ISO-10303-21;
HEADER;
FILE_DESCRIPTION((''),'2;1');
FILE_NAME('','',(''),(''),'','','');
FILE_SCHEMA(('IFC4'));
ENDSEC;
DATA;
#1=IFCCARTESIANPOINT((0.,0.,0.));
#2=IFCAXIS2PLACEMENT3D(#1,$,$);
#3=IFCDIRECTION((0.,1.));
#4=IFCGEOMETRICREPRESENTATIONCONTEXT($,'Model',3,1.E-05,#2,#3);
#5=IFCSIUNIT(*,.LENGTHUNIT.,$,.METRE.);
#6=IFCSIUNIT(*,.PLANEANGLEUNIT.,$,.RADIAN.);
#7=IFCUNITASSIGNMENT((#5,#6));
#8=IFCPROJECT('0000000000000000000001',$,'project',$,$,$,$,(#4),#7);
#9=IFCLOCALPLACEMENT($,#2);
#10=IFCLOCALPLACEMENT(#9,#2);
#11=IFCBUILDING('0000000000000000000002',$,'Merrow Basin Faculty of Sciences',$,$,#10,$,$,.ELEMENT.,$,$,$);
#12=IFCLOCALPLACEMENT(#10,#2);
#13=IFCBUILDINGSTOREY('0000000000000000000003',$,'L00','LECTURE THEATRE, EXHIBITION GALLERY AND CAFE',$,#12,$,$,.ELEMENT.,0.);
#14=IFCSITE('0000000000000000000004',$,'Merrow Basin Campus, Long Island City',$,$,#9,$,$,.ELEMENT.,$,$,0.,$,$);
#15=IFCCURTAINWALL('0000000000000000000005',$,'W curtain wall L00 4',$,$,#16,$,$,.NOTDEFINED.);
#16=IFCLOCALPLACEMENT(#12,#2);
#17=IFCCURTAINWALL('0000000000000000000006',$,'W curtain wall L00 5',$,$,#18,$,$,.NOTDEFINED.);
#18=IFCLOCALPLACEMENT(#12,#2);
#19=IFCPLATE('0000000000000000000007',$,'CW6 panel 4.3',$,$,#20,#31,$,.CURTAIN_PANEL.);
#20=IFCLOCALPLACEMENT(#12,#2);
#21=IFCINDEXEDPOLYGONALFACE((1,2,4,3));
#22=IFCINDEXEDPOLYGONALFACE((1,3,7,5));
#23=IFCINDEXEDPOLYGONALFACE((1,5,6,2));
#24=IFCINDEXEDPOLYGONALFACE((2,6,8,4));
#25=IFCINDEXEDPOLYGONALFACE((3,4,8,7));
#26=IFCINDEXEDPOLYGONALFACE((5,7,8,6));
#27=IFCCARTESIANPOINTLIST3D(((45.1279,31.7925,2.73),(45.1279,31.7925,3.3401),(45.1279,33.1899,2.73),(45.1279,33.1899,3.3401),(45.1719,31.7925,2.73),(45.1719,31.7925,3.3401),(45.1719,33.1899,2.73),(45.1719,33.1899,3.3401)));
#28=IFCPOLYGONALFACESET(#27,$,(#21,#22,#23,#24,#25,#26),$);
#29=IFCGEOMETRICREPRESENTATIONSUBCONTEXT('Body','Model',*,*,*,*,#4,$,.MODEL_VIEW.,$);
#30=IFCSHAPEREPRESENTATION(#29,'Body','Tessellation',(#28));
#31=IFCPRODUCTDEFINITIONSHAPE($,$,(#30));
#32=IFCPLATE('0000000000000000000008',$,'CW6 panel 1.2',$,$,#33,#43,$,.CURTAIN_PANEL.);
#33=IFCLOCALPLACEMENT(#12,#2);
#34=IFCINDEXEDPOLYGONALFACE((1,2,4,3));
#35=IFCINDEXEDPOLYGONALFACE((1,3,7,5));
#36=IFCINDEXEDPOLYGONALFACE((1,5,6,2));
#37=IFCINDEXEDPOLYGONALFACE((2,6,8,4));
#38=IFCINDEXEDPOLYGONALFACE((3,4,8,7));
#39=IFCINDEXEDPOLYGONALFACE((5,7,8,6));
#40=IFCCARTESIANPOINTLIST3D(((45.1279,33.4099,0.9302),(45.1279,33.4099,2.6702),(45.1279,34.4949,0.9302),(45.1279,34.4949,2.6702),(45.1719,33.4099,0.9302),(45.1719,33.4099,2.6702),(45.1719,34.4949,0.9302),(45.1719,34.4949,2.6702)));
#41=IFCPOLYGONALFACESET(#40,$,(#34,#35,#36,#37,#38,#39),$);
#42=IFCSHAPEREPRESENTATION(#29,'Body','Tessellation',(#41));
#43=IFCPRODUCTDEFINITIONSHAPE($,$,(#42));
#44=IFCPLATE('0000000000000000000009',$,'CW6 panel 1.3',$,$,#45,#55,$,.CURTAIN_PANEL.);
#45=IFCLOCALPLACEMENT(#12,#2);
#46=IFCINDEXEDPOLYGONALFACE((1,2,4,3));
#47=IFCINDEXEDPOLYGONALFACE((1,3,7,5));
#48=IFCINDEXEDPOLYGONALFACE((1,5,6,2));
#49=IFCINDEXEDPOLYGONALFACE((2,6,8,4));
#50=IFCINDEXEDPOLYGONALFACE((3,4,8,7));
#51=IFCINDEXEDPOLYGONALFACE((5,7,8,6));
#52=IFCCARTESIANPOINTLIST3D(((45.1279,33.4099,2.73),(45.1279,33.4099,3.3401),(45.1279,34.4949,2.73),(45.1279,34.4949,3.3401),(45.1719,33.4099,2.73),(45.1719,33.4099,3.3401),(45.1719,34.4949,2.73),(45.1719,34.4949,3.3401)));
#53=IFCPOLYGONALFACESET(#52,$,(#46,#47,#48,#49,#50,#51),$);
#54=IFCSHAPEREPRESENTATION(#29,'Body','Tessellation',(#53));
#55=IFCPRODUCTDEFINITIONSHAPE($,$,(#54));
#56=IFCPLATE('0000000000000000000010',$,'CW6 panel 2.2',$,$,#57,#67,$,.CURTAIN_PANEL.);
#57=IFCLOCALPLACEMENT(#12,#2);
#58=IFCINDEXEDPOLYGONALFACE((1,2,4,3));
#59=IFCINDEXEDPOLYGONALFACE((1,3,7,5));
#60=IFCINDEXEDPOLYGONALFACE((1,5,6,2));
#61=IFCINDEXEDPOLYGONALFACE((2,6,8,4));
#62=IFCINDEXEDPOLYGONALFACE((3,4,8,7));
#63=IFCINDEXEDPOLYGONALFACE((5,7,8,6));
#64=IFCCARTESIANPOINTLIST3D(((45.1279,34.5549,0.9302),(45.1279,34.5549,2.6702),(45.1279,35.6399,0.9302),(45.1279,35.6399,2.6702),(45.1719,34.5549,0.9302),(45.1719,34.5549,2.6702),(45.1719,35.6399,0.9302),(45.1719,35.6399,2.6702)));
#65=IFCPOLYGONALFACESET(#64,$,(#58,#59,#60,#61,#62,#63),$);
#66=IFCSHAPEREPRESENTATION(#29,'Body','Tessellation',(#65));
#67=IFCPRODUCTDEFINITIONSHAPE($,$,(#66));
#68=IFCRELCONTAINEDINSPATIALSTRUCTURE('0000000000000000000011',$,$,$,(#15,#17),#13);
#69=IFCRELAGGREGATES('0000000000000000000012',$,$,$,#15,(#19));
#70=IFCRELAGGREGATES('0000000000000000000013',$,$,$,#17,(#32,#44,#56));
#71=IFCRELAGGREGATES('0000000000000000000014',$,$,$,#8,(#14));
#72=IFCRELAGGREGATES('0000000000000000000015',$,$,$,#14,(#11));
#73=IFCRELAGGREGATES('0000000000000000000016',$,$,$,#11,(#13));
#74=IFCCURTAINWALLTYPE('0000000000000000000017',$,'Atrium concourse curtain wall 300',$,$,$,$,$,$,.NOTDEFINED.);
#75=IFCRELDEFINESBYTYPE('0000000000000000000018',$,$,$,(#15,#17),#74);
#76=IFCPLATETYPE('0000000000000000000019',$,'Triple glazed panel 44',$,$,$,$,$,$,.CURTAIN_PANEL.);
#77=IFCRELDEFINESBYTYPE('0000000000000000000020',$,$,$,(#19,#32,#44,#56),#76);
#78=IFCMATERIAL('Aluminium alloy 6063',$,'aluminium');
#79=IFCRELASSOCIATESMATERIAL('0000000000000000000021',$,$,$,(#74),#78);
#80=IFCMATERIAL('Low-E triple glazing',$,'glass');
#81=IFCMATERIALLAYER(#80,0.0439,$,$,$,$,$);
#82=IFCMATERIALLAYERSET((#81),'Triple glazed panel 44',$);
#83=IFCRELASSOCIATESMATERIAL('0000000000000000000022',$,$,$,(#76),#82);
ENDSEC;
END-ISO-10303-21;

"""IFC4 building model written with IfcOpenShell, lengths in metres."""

from ifc_helpers import new_model, si_unit, direction, frame, origin, origin_2d, place, context, subcontext, project, spatial, rectangle, extrude, material, layer, layer_set, type_object, element, aggregate, save


model = new_model("IFC4")

# Units and contexts
model_context = context("Model", 3, precision=1e-05, world=origin(), true_north=direction((0.0, 1.0)))
body_context = subcontext(model_context, "Body", "Model", "MODEL_VIEW")
ifc_project = project(units=[si_unit("LENGTHUNIT", "METRE"), si_unit("PLANEANGLEUNIT", "RADIAN")], contexts=[model_context])

# Site, building, storey
site_placement = place(None, origin())
site = spatial("IfcSite", under=ifc_project, at=site_placement, Name="Merrow Basin Campus, Long Island City", CompositionType="ELEMENT", RefElevation=0.0)
building_placement = place(site_placement, origin())
building = spatial("IfcBuilding", under=site, at=building_placement, Name="Merrow Basin Faculty of Sciences", CompositionType="ELEMENT")
storey_placement = place(building_placement, origin())
storey = spatial("IfcBuildingStorey", under=building, at=storey_placement, Name="L00", Description="LECTURE THEATRE, EXHIBITION GALLERY AND CAFE", CompositionType="ELEMENT", Elevation=0.0)

# Curtain walls
ifc_material_1 = material(Name="Aluminium alloy 6063", Category="aluminium")
curtain_wall_type = type_object("IfcCurtainWallType", Name="Atrium concourse curtain wall 300", PredefinedType="NOTDEFINED", material=ifc_material_1)
curtain_wall_1_placement = place(storey_placement, origin())
curtain_wall_1 = element("IfcCurtainWall", 1, at=curtain_wall_1_placement, inside=storey, type_object=curtain_wall_type, Name="W curtain wall L00 4", PredefinedType="NOTDEFINED")
curtain_wall_2_placement = place(storey_placement, origin())
curtain_wall_2 = element("IfcCurtainWall", 2, at=curtain_wall_2_placement, inside=storey, type_object=curtain_wall_type, Name="W curtain wall L00 5", PredefinedType="NOTDEFINED")

# Plates
ifc_material_2 = material(Name="Low-E triple glazing", Category="glass")
ifc_layer_1 = layer(ifc_material_2, 0.0439)
ifc_layer_set_1 = layer_set([ifc_layer_1], Name="Triple glazed panel 44")
plate_type_1 = type_object("IfcPlateType", Name="Triple glazed panel 44", PredefinedType="CURTAIN_PANEL", material=ifc_layer_set_1)
plate_1_placement = place(storey_placement, frame((45.1499, 32.4912, 2.73), z_axis=(0.0, 0.0, 1.0), x_axis=(0.0, 1.0, 0.0)))
plate_1 = element("IfcPlate", 3, at=plate_1_placement, type_object=plate_type_1, Name="CW6 panel 4.3", PredefinedType="CURTAIN_PANEL", context=body_context, shape_type="SweptSolid", body=[
    extrude(rectangle(XDim=1.3975, YDim=0.0439, at=origin_2d()), origin(), (0.0, 0.0, 1.0), 0.6101),
])
aggregate(curtain_wall_1, [plate_1])
plate_2_placement = place(storey_placement, frame((45.1499, 33.9524, 0.9302), z_axis=(0.0, 0.0, 1.0), x_axis=(0.0, 1.0, 0.0)))
plate_2 = element("IfcPlate", 4, at=plate_2_placement, type_object=plate_type_1, Name="CW6 panel 1.2", PredefinedType="CURTAIN_PANEL", context=body_context, shape_type="SweptSolid", body=[
    extrude(rectangle(XDim=1.085, YDim=0.0439, at=origin_2d()), origin(), (0.0, 0.0, 1.0), 1.74),
])
plate_3_placement = place(storey_placement, frame((45.1499, 33.9524, 2.73), z_axis=(0.0, 0.0, 1.0), x_axis=(0.0, 1.0, 0.0)))
plate_3 = element("IfcPlate", 5, at=plate_3_placement, type_object=plate_type_1, Name="CW6 panel 1.3", PredefinedType="CURTAIN_PANEL", context=body_context, shape_type="SweptSolid", body=[
    extrude(rectangle(XDim=1.085, YDim=0.0439, at=origin_2d()), origin(), (0.0, 0.0, 1.0), 0.6101),
])
plate_4_placement = place(storey_placement, frame((45.1499, 35.0974, 0.9302), z_axis=(0.0, 0.0, 1.0), x_axis=(0.0, 1.0, 0.0)))
plate_4 = element("IfcPlate", 6, at=plate_4_placement, type_object=plate_type_1, Name="CW6 panel 2.2", PredefinedType="CURTAIN_PANEL", context=body_context, shape_type="SweptSolid", body=[
    extrude(rectangle(XDim=1.085, YDim=0.0439, at=origin_2d()), origin(), (0.0, 0.0, 1.0), 1.74),
])
aggregate(curtain_wall_2, [plate_2, plate_3, plate_4])

save(model, "model.ifc")
